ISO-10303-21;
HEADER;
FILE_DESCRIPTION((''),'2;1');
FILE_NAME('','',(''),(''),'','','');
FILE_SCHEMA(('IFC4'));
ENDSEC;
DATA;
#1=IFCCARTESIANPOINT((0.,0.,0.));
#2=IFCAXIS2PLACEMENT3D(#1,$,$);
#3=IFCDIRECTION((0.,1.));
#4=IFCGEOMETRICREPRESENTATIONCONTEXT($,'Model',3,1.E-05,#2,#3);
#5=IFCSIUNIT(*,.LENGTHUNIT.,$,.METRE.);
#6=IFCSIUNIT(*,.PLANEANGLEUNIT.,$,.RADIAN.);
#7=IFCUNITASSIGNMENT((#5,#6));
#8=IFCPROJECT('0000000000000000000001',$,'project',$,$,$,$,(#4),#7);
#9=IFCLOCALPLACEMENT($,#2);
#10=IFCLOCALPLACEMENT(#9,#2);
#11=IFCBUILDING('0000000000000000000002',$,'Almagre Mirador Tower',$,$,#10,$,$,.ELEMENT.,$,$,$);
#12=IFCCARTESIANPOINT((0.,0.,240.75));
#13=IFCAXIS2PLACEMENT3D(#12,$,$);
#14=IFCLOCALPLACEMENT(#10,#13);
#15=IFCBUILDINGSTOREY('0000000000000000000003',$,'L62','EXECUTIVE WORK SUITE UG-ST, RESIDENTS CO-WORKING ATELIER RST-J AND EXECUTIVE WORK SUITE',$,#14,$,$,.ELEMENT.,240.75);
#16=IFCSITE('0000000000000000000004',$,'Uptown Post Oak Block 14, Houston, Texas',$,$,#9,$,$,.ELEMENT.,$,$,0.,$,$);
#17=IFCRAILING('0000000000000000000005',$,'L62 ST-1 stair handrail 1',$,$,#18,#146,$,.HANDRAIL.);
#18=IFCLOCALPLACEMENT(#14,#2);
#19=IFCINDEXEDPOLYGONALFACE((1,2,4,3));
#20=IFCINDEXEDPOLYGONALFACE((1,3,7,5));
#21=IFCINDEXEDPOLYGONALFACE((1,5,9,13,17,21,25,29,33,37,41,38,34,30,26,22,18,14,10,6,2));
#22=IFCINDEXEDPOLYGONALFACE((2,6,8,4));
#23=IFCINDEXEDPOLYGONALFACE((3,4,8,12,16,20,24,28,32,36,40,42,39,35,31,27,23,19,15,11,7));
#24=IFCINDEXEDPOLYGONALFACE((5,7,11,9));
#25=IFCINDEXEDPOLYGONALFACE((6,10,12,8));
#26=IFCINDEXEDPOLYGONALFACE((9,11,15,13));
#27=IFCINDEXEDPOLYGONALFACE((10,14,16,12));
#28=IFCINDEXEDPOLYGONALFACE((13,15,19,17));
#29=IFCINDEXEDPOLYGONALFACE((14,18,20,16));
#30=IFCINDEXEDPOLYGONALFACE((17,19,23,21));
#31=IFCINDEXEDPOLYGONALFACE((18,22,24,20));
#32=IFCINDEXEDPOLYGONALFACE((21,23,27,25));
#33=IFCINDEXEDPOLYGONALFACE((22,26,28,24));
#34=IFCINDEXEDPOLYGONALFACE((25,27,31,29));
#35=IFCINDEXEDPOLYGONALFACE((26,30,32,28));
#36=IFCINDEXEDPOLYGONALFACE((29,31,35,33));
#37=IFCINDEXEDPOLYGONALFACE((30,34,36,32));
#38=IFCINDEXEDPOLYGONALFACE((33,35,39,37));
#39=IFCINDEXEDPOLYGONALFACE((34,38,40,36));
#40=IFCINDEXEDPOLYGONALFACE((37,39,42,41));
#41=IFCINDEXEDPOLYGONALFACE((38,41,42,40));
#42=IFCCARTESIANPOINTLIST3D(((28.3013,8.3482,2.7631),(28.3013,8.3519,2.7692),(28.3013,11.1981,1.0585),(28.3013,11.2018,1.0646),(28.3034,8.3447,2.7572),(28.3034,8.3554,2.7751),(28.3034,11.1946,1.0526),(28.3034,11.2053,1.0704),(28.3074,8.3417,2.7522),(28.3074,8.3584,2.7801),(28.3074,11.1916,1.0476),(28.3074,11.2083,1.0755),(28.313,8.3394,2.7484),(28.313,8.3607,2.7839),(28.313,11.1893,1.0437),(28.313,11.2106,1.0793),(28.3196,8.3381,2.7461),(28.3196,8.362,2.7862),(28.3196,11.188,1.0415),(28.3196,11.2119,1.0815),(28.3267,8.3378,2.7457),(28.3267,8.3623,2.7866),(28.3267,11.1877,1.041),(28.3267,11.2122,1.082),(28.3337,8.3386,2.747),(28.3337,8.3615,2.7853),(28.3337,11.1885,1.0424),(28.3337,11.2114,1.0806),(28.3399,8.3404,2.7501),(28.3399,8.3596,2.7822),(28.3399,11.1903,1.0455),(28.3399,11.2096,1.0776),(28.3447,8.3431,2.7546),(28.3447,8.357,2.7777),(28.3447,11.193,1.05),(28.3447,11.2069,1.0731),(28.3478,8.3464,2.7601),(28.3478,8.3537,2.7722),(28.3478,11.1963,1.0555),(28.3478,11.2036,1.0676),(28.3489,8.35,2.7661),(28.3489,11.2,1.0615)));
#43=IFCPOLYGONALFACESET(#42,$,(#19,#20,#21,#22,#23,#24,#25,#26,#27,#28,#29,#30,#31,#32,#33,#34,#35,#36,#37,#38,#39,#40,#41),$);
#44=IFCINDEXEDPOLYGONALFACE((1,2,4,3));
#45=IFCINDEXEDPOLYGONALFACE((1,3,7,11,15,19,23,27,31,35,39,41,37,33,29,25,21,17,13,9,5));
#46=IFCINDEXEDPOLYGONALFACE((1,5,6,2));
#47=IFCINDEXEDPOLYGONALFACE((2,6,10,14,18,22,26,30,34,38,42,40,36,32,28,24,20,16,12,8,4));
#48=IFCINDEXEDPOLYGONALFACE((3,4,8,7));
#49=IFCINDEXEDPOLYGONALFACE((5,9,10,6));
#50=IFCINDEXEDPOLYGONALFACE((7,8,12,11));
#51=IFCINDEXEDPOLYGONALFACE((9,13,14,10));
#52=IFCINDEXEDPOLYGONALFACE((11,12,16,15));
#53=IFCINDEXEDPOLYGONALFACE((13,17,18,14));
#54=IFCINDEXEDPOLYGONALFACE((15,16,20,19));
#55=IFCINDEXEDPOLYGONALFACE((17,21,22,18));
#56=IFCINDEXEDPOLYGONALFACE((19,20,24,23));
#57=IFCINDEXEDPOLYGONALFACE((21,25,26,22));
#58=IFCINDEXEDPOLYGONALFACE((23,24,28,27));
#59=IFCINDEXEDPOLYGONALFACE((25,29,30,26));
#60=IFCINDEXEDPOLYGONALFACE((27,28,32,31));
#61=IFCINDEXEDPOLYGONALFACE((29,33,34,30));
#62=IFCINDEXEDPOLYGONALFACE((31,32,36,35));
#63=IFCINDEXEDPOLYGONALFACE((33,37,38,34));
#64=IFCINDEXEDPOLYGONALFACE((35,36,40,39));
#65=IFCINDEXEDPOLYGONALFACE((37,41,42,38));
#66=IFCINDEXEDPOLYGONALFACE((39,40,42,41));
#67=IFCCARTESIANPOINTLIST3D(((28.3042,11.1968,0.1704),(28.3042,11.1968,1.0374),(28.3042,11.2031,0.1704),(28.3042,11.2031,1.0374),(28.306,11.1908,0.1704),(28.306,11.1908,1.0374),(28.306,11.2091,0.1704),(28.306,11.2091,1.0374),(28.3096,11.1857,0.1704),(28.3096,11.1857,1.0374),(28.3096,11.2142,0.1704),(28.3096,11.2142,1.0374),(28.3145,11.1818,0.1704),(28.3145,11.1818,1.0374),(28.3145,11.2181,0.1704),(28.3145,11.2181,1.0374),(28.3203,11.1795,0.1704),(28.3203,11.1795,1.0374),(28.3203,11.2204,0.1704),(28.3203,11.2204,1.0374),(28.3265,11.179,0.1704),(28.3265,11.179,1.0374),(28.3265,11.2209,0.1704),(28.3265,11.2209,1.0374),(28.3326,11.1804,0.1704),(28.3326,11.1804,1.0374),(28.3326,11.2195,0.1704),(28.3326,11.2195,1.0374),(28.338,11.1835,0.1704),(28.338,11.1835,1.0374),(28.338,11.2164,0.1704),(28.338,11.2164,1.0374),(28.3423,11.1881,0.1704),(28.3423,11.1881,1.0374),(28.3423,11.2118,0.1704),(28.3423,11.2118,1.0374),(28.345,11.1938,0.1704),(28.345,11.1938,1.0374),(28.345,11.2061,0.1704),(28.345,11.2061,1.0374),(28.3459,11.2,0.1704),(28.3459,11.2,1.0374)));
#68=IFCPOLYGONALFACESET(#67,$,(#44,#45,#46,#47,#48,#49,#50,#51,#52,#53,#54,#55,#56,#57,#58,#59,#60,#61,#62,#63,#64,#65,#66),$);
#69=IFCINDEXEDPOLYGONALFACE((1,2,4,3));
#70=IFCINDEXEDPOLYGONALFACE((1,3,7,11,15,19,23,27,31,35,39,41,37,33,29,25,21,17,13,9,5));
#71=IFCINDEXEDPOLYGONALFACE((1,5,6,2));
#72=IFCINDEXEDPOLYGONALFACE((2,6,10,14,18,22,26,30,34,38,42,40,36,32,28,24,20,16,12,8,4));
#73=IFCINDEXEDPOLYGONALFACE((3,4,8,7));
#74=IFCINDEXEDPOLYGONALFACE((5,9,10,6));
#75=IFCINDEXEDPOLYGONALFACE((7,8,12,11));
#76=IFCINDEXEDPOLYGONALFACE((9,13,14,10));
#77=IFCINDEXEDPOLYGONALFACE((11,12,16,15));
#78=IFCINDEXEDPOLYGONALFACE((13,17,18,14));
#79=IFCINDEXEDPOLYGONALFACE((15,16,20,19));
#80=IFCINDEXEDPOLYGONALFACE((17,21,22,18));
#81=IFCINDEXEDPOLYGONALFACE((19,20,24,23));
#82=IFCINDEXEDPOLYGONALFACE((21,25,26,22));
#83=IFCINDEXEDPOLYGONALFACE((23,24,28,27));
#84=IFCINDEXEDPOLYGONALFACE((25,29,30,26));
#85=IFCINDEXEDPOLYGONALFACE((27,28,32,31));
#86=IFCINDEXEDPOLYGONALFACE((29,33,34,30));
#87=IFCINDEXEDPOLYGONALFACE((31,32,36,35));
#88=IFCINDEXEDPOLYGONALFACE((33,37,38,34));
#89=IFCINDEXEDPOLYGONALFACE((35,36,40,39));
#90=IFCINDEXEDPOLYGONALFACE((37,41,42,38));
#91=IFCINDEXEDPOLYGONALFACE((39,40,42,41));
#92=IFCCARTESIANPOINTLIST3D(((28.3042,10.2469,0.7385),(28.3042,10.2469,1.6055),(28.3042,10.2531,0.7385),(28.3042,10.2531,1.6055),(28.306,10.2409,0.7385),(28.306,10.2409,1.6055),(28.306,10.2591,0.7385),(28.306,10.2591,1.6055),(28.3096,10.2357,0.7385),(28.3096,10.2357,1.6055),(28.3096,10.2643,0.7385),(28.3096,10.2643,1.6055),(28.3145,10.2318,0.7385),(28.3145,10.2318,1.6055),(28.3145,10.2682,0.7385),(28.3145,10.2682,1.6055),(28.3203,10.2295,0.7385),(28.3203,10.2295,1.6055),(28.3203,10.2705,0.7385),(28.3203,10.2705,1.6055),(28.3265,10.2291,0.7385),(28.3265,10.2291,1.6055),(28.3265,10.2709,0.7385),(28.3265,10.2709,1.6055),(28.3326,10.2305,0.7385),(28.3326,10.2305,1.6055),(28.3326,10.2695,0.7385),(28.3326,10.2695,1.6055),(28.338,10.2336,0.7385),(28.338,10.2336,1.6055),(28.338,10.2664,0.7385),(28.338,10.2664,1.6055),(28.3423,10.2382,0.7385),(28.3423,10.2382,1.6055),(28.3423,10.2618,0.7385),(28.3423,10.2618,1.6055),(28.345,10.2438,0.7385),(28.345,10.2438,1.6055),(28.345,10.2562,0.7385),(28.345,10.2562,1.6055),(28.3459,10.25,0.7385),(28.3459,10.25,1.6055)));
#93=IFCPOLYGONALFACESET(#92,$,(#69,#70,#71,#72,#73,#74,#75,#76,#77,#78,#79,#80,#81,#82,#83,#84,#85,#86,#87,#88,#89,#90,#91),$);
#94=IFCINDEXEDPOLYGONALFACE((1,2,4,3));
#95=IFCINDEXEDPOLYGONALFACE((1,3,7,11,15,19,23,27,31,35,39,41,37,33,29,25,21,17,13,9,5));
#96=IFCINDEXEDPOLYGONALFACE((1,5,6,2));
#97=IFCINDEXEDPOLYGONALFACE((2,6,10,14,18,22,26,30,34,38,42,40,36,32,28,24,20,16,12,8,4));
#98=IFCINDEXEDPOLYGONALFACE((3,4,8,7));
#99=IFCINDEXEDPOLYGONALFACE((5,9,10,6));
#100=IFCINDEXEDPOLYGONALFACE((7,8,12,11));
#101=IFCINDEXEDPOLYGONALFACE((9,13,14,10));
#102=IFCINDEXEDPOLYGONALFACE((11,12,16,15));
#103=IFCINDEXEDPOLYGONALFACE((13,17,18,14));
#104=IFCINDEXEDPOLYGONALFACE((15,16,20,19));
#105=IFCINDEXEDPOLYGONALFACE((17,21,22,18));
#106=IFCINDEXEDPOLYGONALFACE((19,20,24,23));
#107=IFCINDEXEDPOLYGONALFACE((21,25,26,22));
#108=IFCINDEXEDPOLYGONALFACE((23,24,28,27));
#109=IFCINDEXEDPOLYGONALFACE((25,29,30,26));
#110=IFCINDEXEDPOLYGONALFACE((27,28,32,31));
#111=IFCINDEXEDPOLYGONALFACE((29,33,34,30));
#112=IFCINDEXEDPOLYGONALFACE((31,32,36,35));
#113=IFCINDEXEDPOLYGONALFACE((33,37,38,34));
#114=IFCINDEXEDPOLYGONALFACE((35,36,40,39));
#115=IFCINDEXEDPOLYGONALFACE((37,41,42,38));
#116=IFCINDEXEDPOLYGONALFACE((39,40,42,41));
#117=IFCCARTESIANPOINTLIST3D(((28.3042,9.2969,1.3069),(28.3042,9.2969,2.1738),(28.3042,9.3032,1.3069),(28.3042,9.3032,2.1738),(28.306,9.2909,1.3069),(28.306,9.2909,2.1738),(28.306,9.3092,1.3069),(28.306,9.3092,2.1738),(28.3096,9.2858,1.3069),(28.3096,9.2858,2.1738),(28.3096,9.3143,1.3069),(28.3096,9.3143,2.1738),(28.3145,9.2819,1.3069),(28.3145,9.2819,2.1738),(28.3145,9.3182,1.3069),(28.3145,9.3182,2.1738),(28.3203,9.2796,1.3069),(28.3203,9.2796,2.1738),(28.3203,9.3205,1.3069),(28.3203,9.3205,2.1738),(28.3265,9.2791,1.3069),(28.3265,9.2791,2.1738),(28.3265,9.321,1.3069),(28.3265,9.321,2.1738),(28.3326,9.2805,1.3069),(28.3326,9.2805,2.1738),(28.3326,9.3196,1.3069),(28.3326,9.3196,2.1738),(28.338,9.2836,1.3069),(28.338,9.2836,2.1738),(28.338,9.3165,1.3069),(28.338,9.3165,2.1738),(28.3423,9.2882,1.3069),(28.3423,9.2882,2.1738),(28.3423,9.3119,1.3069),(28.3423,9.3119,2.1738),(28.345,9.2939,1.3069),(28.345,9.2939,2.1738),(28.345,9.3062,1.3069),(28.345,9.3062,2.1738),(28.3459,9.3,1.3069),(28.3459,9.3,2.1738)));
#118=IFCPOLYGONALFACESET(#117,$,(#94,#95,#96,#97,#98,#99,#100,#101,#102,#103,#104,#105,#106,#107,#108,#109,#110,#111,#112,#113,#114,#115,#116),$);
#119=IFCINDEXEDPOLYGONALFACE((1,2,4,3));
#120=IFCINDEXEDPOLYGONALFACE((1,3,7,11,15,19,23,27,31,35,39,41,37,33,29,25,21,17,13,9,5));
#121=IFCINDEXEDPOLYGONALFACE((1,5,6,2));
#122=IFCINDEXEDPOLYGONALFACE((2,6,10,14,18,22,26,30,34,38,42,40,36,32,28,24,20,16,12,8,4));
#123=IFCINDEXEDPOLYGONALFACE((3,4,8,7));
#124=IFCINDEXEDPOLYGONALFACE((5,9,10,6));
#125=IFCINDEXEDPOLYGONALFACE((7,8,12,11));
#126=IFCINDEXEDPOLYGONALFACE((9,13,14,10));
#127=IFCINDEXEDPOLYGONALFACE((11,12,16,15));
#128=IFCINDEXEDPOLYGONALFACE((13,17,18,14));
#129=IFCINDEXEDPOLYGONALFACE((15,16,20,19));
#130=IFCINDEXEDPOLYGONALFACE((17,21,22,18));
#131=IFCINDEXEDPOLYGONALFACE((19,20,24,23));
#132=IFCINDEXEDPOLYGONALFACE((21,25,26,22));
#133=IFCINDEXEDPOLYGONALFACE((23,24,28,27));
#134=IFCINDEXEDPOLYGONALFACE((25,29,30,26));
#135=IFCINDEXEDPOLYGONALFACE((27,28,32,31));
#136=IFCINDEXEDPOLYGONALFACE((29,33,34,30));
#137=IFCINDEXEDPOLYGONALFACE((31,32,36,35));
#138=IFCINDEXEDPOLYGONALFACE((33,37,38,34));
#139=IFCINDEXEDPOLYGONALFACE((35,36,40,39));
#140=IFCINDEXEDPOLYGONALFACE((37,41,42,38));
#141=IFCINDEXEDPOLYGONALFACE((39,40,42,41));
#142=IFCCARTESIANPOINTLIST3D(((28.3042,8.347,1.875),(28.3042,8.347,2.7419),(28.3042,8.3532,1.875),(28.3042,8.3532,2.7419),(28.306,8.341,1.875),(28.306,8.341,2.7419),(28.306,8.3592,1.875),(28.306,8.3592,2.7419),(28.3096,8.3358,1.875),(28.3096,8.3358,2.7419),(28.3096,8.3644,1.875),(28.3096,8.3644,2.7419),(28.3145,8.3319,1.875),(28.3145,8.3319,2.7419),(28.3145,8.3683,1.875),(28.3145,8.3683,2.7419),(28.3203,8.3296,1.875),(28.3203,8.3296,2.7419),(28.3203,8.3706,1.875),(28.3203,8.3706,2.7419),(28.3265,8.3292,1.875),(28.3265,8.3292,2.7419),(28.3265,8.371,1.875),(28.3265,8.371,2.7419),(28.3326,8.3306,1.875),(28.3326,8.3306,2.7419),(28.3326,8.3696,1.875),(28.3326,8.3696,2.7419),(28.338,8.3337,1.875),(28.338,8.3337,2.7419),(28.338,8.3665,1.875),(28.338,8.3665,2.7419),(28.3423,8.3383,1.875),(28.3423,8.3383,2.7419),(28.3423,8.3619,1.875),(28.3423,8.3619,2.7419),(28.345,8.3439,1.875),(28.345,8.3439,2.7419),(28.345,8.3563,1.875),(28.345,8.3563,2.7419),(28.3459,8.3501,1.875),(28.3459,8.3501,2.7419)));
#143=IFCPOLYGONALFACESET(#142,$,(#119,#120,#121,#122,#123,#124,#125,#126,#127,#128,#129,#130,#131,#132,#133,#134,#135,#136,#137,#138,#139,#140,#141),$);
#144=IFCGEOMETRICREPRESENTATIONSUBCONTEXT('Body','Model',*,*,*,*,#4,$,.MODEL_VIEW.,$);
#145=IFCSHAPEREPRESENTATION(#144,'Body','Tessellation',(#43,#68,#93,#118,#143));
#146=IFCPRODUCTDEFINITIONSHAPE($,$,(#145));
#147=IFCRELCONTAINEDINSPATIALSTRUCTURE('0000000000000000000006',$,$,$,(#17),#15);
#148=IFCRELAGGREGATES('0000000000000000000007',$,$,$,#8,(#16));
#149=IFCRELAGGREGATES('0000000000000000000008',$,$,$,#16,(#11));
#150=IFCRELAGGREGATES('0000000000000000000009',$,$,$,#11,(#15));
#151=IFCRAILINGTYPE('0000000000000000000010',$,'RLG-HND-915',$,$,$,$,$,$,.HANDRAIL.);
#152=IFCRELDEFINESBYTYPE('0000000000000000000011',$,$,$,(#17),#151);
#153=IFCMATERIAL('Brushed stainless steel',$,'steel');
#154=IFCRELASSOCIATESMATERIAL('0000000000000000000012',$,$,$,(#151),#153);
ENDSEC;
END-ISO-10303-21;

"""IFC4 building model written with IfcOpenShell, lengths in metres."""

from ifc_helpers import new_model, si_unit, direction, frame, origin, origin_2d, place, context, subcontext, project, spatial, circle, extrude, material, type_object, element, save


model = new_model("IFC4")

# Units and contexts
model_context = context("Model", 3, precision=1e-05, world=origin(), true_north=direction((0.0, 1.0)))
body_context = subcontext(model_context, "Body", "Model", "MODEL_VIEW")
ifc_project = project(units=[si_unit("LENGTHUNIT", "METRE"), si_unit("PLANEANGLEUNIT", "RADIAN")], contexts=[model_context])

# Site, building, storey
site_placement = place(None, origin())
site = spatial("IfcSite", under=ifc_project, at=site_placement, Name="Uptown Post Oak Block 14, Houston, Texas", CompositionType="ELEMENT", RefElevation=0.0)
building_placement = place(site_placement, origin())
building = spatial("IfcBuilding", under=site, at=building_placement, Name="Almagre Mirador Tower", CompositionType="ELEMENT")
storey_placement = place(building_placement, frame((0.0, 0.0, 240.75)))
storey = spatial("IfcBuildingStorey", under=building, at=storey_placement, Name="L62", Description="EXECUTIVE WORK SUITE UG-ST, RESIDENTS CO-WORKING ATELIER RST-J AND EXECUTIVE WORK SUITE", CompositionType="ELEMENT", Elevation=240.75)

# Railing
ifc_material_1 = material(Name="Brushed stainless steel", Category="steel")
railing_type_1 = type_object("IfcRailingType", Name="RLG-HND-915", PredefinedType="HANDRAIL", material=ifc_material_1)
railing_1_placement = place(storey_placement, frame((28.325, 11.2, 0.1704)))
element("IfcRailing", 1, at=railing_1_placement, inside=storey, type_object=railing_type_1, Name="L62 ST-1 stair handrail 1", PredefinedType="HANDRAIL", context=body_context, shape_type="SweptSolid", body=[
    extrude(circle(Radius=0.0239, at=origin_2d()), frame((0.0, 0.0, 0.8911), z_axis=(0.0, -0.858199, 0.513317), x_axis=(1.0, 0.0, 0.0)), (0.0, 0.0, 1.0), 3.3208),
    extrude(circle(Radius=0.021, at=origin_2d()), origin(), (0.0, 0.0, 1.0), 0.8669),
    extrude(circle(Radius=0.021, at=origin_2d()), frame((0.0, -0.95, 0.5681)), (0.0, 0.0, 1.0), 0.8669),
    extrude(circle(Radius=0.021, at=origin_2d()), frame((0.0, -1.8999, 1.1365)), (0.0, 0.0, 1.0), 0.8669),
    extrude(circle(Radius=0.021, at=origin_2d()), frame((0.0, -2.8499, 1.7046)), (0.0, 0.0, 1.0), 0.8669),
])

save(model, "model.ifc")
